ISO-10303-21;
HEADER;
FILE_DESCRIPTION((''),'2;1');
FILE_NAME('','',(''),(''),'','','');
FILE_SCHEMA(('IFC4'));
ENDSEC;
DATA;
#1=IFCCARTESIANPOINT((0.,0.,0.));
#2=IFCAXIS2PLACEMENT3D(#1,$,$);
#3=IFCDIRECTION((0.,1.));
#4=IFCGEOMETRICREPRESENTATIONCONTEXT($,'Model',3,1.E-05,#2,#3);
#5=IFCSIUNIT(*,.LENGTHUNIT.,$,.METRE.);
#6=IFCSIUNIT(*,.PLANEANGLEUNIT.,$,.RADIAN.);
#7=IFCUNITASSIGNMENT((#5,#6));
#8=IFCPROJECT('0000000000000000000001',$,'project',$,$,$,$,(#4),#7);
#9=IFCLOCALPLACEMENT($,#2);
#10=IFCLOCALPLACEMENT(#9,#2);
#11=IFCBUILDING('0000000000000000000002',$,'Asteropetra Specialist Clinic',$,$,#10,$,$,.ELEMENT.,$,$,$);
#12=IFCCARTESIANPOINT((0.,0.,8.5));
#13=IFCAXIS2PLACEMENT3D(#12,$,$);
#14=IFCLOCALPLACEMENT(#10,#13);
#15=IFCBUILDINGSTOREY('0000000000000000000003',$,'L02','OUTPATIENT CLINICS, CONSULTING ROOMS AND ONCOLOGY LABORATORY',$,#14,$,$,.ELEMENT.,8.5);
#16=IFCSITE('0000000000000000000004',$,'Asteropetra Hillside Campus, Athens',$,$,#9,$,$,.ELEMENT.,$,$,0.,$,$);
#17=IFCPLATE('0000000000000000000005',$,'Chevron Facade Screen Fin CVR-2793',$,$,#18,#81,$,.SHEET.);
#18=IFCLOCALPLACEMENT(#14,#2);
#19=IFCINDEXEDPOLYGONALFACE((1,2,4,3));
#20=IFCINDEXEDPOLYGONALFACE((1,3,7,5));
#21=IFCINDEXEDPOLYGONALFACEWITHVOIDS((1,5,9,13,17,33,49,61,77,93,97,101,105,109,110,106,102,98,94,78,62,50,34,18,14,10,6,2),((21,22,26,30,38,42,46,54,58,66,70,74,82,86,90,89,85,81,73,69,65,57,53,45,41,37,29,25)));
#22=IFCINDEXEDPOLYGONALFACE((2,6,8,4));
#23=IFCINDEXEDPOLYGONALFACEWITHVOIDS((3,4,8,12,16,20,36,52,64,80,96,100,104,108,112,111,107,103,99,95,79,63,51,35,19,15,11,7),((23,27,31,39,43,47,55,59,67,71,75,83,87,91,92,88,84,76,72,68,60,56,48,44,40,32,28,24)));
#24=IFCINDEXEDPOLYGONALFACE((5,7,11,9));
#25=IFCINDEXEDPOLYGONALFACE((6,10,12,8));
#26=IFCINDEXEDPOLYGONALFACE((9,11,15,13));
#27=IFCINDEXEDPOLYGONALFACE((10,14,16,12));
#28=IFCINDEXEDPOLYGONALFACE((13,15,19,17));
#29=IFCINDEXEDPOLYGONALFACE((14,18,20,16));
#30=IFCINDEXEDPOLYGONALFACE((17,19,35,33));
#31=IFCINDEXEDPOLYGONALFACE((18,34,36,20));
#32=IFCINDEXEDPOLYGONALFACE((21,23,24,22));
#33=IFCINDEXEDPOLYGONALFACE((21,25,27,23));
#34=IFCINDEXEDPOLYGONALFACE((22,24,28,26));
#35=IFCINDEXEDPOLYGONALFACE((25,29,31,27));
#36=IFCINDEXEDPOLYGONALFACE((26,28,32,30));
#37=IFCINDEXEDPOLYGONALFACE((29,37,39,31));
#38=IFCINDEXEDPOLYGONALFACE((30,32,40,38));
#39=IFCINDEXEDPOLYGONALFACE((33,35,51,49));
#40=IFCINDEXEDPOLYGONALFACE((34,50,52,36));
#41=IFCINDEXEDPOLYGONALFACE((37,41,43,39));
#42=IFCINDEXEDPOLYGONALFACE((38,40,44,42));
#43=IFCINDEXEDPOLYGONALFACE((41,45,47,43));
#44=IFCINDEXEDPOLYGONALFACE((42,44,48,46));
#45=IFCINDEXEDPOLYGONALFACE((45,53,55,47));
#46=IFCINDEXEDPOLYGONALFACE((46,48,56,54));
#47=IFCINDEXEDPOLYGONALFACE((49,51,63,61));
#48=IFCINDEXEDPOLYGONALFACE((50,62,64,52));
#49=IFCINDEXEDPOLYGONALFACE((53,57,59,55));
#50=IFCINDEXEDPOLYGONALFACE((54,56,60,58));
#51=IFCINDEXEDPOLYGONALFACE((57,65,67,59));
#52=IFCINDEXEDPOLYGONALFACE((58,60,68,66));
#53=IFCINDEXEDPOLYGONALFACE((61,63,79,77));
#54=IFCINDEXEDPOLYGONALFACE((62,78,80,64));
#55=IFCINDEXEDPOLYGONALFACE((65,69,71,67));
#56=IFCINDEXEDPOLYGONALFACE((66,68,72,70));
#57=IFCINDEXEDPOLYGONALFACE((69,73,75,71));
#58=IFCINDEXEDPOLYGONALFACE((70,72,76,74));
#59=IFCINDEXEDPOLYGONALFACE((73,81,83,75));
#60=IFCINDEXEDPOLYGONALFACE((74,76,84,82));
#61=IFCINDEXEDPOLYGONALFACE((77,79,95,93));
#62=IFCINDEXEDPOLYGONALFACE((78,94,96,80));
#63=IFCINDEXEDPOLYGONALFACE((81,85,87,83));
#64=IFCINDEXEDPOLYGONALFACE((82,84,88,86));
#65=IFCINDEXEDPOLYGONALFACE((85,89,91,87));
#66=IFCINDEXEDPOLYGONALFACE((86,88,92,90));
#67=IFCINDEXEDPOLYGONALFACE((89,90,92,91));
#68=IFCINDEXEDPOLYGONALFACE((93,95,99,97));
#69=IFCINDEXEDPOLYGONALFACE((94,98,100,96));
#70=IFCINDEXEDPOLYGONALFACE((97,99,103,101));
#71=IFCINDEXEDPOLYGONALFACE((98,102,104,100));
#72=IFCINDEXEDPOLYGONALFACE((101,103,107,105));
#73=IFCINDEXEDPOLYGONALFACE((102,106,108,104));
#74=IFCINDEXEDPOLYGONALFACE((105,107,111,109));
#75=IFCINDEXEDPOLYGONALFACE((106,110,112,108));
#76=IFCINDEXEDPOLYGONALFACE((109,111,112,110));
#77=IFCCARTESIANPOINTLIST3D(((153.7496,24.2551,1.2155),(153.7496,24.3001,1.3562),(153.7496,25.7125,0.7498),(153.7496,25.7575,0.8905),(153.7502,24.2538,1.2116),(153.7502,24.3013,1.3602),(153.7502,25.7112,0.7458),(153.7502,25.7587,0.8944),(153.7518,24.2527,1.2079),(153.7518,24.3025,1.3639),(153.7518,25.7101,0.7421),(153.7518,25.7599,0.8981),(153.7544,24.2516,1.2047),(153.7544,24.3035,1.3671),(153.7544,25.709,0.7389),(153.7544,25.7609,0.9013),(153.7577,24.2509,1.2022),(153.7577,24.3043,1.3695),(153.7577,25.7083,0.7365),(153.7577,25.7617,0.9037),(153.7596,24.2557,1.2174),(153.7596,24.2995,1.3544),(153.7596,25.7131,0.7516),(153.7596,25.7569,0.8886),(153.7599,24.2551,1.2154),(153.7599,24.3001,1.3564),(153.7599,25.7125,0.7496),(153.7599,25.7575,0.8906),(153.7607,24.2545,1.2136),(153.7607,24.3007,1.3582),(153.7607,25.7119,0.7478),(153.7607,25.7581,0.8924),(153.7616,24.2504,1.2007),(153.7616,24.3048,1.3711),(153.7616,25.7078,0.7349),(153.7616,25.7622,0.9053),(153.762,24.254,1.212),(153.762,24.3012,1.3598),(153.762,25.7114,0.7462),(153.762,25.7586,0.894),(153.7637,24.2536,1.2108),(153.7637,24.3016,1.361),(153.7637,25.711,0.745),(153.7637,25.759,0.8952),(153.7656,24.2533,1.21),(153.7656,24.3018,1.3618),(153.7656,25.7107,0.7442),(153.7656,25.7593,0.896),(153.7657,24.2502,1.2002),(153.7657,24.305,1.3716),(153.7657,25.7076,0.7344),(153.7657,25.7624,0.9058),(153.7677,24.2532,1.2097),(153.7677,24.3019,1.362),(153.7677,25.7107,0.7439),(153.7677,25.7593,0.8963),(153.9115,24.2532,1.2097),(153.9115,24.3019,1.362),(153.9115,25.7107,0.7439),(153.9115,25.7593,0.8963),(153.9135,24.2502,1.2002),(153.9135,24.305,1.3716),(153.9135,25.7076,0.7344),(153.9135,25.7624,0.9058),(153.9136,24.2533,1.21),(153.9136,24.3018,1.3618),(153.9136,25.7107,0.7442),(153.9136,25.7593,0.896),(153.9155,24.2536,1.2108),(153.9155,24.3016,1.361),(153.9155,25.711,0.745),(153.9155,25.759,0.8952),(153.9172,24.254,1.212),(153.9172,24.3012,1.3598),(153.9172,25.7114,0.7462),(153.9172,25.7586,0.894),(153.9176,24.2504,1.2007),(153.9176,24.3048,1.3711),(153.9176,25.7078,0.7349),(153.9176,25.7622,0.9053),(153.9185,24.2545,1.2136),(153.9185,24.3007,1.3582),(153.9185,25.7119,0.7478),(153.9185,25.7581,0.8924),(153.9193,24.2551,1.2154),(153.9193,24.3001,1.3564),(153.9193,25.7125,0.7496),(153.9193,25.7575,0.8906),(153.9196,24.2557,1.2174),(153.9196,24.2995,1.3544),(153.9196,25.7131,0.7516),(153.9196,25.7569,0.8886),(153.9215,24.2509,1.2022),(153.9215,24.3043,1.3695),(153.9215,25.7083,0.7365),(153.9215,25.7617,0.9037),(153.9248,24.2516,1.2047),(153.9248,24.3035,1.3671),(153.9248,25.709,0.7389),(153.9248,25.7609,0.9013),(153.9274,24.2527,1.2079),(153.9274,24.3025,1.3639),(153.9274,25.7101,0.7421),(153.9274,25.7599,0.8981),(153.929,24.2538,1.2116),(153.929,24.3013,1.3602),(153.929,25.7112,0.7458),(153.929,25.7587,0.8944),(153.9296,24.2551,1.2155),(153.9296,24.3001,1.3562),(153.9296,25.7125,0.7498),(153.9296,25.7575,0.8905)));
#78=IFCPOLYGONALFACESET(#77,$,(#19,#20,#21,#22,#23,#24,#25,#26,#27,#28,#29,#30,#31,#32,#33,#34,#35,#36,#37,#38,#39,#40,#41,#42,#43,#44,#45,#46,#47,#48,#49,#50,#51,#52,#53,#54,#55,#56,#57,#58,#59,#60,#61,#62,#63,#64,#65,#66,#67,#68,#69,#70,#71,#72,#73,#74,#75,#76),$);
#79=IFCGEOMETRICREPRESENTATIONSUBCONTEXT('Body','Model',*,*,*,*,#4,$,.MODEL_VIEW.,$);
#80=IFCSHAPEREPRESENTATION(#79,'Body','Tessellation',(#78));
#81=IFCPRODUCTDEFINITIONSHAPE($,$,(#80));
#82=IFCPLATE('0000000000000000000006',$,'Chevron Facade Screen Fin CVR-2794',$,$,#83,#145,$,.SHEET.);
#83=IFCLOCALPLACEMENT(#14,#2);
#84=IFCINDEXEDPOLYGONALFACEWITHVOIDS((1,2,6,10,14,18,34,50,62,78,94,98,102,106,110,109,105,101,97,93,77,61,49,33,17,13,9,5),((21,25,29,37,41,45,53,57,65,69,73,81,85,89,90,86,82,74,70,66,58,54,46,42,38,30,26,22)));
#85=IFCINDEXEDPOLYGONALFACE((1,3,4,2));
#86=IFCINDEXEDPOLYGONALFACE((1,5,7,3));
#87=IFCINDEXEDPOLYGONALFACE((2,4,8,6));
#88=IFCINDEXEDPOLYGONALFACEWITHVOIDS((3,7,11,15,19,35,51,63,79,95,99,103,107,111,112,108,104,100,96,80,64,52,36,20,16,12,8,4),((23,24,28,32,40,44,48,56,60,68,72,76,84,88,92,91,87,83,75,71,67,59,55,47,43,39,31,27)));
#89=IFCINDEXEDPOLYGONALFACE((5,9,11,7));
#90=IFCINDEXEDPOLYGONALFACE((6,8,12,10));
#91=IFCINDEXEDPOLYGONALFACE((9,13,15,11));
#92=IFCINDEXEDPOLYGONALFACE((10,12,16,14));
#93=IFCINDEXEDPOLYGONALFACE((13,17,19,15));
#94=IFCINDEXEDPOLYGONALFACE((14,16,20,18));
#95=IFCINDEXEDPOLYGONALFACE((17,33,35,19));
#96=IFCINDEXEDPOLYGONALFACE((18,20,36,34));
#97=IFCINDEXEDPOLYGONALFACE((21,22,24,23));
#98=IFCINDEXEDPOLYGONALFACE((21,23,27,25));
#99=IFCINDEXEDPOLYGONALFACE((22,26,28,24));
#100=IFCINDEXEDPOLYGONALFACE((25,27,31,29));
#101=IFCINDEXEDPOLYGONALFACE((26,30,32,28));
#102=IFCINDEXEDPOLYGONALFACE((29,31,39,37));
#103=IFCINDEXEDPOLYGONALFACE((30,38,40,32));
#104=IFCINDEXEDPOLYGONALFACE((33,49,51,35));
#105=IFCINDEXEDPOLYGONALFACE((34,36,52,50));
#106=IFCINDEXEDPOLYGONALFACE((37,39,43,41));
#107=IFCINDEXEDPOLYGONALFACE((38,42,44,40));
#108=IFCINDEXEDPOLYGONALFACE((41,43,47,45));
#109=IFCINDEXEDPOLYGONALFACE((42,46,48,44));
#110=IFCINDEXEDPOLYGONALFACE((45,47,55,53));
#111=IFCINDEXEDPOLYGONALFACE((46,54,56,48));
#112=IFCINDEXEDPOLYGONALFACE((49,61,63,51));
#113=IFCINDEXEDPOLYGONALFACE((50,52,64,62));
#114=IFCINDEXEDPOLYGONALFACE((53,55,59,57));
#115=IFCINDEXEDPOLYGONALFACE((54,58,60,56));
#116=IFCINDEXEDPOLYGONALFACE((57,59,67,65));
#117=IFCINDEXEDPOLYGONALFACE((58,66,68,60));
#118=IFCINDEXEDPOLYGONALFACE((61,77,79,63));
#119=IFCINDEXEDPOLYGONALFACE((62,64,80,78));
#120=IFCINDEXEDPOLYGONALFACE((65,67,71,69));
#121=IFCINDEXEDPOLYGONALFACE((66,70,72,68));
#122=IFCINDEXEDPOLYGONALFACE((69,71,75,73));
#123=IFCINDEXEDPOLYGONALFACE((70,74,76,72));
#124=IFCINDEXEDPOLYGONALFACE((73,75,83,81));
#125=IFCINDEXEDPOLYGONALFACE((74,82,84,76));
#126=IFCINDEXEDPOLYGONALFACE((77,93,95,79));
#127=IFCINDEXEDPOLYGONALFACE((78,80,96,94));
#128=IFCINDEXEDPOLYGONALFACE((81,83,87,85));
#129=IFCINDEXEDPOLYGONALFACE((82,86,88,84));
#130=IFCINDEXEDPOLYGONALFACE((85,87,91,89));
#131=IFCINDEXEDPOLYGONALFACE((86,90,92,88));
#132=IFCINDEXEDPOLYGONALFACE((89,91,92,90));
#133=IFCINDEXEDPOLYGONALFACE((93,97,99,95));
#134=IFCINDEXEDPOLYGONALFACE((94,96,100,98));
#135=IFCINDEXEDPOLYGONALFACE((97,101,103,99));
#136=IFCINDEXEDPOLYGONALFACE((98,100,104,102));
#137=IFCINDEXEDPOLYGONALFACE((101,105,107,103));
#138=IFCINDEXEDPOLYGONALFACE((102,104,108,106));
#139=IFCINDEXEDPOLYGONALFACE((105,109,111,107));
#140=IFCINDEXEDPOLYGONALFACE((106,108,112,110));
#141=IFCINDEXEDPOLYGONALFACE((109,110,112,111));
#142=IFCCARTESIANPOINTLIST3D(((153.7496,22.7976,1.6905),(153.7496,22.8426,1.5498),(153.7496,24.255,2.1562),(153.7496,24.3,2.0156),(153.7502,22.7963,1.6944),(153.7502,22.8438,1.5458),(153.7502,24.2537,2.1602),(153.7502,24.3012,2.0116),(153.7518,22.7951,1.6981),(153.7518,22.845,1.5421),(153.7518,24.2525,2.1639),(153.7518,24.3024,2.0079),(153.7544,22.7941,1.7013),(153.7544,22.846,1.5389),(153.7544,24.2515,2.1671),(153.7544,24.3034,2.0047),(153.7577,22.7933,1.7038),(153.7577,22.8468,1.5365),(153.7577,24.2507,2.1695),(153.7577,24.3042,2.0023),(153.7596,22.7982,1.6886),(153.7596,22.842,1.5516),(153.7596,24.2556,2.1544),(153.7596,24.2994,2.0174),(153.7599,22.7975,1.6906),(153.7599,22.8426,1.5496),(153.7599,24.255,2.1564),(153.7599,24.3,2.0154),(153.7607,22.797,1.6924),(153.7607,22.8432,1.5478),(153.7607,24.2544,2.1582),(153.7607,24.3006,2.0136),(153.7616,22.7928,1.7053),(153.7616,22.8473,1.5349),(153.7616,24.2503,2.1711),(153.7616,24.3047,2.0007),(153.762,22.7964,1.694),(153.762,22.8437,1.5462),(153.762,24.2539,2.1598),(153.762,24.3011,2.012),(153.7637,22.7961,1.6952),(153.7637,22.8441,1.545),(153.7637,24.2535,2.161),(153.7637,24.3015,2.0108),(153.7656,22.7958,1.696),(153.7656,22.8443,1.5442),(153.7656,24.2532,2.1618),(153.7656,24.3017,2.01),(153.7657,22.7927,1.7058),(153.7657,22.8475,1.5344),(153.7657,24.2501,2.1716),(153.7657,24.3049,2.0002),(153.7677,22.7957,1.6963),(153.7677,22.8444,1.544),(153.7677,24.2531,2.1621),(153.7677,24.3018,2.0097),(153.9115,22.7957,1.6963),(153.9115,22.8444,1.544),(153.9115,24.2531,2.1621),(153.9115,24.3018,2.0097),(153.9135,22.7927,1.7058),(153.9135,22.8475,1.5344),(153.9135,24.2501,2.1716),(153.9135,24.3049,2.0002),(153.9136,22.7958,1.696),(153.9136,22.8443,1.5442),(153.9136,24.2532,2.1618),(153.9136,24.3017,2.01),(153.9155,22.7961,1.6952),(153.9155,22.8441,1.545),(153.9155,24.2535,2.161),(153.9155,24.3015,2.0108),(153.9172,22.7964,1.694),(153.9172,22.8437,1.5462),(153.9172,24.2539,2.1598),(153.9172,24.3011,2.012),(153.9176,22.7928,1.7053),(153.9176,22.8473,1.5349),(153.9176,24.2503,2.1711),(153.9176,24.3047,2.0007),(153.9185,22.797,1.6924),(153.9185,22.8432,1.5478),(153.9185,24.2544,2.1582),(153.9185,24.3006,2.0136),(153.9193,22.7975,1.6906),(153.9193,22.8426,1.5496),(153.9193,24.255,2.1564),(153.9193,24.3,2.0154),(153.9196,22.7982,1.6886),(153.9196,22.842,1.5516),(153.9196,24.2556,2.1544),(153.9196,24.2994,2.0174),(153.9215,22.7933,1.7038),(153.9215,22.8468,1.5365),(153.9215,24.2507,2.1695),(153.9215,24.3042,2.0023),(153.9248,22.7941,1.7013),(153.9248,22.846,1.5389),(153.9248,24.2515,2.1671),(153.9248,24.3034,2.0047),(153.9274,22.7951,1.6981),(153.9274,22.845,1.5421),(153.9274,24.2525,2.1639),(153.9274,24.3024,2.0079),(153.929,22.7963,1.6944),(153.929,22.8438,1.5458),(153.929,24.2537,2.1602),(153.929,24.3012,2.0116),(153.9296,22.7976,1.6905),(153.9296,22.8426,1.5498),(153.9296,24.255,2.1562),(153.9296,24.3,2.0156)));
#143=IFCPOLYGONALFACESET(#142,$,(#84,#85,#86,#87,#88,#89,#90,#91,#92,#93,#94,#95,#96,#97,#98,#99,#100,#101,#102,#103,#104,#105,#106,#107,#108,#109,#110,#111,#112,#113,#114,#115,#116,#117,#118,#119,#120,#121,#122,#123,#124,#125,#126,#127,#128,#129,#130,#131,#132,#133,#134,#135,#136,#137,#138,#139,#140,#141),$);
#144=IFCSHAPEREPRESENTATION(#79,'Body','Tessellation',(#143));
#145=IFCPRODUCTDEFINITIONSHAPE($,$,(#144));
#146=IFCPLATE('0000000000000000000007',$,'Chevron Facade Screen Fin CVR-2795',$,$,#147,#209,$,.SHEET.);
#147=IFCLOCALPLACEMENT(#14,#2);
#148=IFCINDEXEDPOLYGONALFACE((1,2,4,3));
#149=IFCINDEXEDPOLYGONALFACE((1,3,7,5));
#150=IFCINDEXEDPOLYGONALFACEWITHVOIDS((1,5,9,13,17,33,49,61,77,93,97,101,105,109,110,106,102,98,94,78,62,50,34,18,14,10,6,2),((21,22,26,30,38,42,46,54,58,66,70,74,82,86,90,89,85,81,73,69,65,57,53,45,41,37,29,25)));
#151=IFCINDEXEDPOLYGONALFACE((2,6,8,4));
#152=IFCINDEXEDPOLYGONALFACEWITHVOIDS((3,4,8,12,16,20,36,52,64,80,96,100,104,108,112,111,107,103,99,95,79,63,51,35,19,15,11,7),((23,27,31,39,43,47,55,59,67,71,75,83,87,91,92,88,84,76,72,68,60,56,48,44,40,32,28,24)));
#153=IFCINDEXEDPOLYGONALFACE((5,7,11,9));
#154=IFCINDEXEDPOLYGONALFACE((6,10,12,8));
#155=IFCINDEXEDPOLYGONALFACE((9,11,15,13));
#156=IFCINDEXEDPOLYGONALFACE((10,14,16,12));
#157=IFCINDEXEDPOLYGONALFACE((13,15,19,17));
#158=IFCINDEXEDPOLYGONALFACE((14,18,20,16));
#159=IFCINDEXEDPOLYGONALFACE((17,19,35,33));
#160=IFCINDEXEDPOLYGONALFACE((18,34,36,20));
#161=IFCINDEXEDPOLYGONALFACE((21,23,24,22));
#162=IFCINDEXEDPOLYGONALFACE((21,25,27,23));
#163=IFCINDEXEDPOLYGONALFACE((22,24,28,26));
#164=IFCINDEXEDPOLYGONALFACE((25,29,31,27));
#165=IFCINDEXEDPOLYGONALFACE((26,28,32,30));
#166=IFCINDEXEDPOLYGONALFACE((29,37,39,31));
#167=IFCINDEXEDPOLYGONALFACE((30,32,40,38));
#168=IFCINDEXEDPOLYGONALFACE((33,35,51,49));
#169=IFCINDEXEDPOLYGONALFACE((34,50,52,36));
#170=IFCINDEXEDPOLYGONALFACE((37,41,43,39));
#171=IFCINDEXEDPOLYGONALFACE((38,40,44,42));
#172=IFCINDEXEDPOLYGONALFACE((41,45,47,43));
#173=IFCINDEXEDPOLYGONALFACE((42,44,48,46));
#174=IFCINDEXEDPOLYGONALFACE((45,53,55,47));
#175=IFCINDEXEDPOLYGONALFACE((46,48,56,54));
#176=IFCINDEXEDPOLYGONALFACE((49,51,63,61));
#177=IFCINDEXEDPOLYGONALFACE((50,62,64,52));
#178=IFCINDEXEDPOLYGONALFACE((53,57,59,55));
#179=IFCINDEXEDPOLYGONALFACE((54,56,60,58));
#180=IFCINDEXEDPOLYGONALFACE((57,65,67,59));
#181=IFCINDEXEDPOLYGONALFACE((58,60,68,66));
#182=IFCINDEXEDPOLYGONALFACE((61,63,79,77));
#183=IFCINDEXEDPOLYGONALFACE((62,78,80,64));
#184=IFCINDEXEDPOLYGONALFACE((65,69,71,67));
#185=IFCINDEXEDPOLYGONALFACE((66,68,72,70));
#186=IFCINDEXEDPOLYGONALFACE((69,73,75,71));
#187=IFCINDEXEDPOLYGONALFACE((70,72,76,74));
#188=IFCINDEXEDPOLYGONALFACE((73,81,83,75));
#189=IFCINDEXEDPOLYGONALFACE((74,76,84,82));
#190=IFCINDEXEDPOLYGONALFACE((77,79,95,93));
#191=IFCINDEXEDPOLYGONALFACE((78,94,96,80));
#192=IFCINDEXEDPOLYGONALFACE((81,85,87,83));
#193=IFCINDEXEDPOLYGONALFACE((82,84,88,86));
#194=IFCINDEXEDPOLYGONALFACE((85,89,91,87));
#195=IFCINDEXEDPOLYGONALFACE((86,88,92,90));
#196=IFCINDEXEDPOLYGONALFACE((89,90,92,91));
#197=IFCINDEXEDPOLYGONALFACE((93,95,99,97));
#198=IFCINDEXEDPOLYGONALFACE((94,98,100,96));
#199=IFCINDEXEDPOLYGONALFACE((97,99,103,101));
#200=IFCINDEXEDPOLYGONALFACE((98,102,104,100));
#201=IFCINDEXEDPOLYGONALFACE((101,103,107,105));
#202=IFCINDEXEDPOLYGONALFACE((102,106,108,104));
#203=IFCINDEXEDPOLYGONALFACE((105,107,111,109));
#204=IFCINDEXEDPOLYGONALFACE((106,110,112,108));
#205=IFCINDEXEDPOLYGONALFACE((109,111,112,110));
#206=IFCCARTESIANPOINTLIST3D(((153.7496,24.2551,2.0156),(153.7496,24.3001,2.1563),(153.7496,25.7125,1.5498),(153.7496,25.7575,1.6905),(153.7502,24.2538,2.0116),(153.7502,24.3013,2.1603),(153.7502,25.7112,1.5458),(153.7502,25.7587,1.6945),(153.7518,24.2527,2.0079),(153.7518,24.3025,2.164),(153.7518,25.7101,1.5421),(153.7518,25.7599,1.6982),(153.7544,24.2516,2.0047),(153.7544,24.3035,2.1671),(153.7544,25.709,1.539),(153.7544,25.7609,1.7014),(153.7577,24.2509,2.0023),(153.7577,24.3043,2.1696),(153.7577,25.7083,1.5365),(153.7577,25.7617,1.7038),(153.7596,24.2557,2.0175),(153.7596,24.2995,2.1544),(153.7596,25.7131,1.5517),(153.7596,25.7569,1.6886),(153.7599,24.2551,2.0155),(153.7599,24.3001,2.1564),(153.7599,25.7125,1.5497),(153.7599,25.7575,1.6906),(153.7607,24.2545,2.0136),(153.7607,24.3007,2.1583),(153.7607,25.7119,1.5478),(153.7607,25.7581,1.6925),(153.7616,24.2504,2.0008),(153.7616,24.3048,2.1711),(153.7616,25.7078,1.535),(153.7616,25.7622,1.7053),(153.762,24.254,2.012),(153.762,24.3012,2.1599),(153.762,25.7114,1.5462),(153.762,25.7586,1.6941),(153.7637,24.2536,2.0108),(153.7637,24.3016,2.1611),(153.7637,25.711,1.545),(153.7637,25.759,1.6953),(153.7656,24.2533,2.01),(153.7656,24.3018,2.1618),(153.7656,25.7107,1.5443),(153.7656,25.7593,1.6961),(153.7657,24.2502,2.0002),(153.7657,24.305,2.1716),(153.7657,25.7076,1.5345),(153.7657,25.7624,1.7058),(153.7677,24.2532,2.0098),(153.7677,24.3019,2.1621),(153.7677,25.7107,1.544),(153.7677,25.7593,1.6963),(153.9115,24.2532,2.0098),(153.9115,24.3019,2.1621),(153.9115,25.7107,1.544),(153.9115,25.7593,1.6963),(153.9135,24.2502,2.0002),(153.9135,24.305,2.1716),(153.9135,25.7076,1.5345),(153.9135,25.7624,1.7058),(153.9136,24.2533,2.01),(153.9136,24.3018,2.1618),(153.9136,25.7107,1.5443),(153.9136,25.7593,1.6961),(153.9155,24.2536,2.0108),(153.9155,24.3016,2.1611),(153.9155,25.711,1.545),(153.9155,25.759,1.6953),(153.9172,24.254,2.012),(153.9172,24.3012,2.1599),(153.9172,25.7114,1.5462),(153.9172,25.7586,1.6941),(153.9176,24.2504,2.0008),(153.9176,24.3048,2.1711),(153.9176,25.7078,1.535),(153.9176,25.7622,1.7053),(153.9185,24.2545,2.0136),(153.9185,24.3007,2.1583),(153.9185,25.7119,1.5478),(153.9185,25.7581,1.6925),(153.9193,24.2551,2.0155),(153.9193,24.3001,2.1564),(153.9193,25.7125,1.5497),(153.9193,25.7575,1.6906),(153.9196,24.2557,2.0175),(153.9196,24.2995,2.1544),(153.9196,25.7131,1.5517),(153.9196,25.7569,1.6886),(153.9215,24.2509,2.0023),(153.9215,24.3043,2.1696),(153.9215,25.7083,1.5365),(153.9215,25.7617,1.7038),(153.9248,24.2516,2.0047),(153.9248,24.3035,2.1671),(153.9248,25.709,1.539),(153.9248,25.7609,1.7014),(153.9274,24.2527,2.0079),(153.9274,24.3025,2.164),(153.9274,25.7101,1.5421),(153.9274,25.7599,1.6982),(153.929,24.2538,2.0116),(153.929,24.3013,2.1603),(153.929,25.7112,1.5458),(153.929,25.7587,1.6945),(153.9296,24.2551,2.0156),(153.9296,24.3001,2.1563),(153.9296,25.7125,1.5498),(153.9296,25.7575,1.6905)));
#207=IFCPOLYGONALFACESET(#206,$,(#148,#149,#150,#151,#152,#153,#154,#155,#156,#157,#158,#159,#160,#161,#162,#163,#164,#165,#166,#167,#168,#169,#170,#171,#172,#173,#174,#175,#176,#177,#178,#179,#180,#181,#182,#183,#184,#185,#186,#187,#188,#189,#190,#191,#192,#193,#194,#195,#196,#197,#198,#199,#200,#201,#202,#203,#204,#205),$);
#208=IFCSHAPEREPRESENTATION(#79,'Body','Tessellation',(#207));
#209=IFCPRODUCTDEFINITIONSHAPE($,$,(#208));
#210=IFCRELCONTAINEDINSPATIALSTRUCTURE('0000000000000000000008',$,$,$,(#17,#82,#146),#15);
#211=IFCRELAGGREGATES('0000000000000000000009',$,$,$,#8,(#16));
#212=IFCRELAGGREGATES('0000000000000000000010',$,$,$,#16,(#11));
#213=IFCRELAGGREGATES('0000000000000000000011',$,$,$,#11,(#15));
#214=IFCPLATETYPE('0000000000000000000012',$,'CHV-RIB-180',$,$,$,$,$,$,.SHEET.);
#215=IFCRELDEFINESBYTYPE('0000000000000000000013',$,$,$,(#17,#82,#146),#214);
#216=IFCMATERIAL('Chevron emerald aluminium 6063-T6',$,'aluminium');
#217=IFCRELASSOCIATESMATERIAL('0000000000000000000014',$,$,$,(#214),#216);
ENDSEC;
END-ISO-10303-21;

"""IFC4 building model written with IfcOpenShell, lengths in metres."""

from ifc_helpers import new_model, si_unit, direction, frame, origin, origin_2d, place, context, subcontext, project, spatial, hollow_rectangle, extrude, material, material_profile, profile_set, type_object, element, save


model = new_model("IFC4")

# Units and contexts
model_context = context("Model", 3, precision=1e-05, world=origin(), true_north=direction((0.0, 1.0)))
body_context = subcontext(model_context, "Body", "Model", "MODEL_VIEW")
ifc_project = project(units=[si_unit("LENGTHUNIT", "METRE"), si_unit("PLANEANGLEUNIT", "RADIAN")], contexts=[model_context])

# Site, building, storey
site_placement = place(None, origin())
site = spatial("IfcSite", under=ifc_project, at=site_placement, Name="Asteropetra Hillside Campus, Athens", CompositionType="ELEMENT", RefElevation=0.0)
building_placement = place(site_placement, origin())
building = spatial("IfcBuilding", under=site, at=building_placement, Name="Asteropetra Specialist Clinic", CompositionType="ELEMENT")
storey_placement = place(building_placement, frame((0.0, 0.0, 8.5)))
storey = spatial("IfcBuildingStorey", under=building, at=storey_placement, Name="L02", Description="OUTPATIENT CLINICS, CONSULTING ROOMS AND ONCOLOGY LABORATORY", CompositionType="ELEMENT", Elevation=8.5)

# Plates
ifc_material_1 = material(Name="Chevron emerald aluminium 6063-T6", Category="aluminium")
ifc_material_profile_1 = material_profile(ifc_material_1, hollow_rectangle(XDim=0.1799, YDim=0.1799, WallThickness=0.01, InnerFilletRadius=0.0081, OuterFilletRadius=0.0161, at=origin_2d()), Name="SHS 180x180x10.0")
ifc_profile_set_1 = profile_set([ifc_material_profile_1], Name="Chevron emerald aluminium 6063-T6")
plate_type = type_object("IfcPlateType", Name="CHV-RIB-180", PredefinedType="SHEET", material=ifc_profile_set_1)
for number, where, z_axis, x_axis, name in (
    (1, (153.8396, 24.2776, 1.2859), (0.0, 0.952535, -0.304428), (-1.0, 0.0, 0.0), "Chevron Facade Screen Fin CVR-2793"),
    (2, (153.8396, 22.8201, 1.6201), (0.0, 0.952535, 0.304428), (-1.0, 0.0, 0.0), "Chevron Facade Screen Fin CVR-2794"),
    (3, (153.8396, 24.2776, 2.0859), (0.0, 0.952535, -0.304428), (-1.0, 0.0, 0.0), "Chevron Facade Screen Fin CVR-2795"),
):
    element("IfcPlate", number, at=place(storey_placement, frame(where, z_axis=z_axis, x_axis=x_axis)), inside=storey, type_object=plate_type, Name=name, PredefinedType="SHEET", context=body_context, shape_type="SweptSolid", body=[
        extrude(hollow_rectangle(XDim=0.1799, YDim=0.1799, WallThickness=0.01, InnerFilletRadius=0.0081, OuterFilletRadius=0.0161, at=origin_2d()), origin(), (0.0, 0.0, 1.0), 1.53),
    ])

save(model, "model.ifc")
